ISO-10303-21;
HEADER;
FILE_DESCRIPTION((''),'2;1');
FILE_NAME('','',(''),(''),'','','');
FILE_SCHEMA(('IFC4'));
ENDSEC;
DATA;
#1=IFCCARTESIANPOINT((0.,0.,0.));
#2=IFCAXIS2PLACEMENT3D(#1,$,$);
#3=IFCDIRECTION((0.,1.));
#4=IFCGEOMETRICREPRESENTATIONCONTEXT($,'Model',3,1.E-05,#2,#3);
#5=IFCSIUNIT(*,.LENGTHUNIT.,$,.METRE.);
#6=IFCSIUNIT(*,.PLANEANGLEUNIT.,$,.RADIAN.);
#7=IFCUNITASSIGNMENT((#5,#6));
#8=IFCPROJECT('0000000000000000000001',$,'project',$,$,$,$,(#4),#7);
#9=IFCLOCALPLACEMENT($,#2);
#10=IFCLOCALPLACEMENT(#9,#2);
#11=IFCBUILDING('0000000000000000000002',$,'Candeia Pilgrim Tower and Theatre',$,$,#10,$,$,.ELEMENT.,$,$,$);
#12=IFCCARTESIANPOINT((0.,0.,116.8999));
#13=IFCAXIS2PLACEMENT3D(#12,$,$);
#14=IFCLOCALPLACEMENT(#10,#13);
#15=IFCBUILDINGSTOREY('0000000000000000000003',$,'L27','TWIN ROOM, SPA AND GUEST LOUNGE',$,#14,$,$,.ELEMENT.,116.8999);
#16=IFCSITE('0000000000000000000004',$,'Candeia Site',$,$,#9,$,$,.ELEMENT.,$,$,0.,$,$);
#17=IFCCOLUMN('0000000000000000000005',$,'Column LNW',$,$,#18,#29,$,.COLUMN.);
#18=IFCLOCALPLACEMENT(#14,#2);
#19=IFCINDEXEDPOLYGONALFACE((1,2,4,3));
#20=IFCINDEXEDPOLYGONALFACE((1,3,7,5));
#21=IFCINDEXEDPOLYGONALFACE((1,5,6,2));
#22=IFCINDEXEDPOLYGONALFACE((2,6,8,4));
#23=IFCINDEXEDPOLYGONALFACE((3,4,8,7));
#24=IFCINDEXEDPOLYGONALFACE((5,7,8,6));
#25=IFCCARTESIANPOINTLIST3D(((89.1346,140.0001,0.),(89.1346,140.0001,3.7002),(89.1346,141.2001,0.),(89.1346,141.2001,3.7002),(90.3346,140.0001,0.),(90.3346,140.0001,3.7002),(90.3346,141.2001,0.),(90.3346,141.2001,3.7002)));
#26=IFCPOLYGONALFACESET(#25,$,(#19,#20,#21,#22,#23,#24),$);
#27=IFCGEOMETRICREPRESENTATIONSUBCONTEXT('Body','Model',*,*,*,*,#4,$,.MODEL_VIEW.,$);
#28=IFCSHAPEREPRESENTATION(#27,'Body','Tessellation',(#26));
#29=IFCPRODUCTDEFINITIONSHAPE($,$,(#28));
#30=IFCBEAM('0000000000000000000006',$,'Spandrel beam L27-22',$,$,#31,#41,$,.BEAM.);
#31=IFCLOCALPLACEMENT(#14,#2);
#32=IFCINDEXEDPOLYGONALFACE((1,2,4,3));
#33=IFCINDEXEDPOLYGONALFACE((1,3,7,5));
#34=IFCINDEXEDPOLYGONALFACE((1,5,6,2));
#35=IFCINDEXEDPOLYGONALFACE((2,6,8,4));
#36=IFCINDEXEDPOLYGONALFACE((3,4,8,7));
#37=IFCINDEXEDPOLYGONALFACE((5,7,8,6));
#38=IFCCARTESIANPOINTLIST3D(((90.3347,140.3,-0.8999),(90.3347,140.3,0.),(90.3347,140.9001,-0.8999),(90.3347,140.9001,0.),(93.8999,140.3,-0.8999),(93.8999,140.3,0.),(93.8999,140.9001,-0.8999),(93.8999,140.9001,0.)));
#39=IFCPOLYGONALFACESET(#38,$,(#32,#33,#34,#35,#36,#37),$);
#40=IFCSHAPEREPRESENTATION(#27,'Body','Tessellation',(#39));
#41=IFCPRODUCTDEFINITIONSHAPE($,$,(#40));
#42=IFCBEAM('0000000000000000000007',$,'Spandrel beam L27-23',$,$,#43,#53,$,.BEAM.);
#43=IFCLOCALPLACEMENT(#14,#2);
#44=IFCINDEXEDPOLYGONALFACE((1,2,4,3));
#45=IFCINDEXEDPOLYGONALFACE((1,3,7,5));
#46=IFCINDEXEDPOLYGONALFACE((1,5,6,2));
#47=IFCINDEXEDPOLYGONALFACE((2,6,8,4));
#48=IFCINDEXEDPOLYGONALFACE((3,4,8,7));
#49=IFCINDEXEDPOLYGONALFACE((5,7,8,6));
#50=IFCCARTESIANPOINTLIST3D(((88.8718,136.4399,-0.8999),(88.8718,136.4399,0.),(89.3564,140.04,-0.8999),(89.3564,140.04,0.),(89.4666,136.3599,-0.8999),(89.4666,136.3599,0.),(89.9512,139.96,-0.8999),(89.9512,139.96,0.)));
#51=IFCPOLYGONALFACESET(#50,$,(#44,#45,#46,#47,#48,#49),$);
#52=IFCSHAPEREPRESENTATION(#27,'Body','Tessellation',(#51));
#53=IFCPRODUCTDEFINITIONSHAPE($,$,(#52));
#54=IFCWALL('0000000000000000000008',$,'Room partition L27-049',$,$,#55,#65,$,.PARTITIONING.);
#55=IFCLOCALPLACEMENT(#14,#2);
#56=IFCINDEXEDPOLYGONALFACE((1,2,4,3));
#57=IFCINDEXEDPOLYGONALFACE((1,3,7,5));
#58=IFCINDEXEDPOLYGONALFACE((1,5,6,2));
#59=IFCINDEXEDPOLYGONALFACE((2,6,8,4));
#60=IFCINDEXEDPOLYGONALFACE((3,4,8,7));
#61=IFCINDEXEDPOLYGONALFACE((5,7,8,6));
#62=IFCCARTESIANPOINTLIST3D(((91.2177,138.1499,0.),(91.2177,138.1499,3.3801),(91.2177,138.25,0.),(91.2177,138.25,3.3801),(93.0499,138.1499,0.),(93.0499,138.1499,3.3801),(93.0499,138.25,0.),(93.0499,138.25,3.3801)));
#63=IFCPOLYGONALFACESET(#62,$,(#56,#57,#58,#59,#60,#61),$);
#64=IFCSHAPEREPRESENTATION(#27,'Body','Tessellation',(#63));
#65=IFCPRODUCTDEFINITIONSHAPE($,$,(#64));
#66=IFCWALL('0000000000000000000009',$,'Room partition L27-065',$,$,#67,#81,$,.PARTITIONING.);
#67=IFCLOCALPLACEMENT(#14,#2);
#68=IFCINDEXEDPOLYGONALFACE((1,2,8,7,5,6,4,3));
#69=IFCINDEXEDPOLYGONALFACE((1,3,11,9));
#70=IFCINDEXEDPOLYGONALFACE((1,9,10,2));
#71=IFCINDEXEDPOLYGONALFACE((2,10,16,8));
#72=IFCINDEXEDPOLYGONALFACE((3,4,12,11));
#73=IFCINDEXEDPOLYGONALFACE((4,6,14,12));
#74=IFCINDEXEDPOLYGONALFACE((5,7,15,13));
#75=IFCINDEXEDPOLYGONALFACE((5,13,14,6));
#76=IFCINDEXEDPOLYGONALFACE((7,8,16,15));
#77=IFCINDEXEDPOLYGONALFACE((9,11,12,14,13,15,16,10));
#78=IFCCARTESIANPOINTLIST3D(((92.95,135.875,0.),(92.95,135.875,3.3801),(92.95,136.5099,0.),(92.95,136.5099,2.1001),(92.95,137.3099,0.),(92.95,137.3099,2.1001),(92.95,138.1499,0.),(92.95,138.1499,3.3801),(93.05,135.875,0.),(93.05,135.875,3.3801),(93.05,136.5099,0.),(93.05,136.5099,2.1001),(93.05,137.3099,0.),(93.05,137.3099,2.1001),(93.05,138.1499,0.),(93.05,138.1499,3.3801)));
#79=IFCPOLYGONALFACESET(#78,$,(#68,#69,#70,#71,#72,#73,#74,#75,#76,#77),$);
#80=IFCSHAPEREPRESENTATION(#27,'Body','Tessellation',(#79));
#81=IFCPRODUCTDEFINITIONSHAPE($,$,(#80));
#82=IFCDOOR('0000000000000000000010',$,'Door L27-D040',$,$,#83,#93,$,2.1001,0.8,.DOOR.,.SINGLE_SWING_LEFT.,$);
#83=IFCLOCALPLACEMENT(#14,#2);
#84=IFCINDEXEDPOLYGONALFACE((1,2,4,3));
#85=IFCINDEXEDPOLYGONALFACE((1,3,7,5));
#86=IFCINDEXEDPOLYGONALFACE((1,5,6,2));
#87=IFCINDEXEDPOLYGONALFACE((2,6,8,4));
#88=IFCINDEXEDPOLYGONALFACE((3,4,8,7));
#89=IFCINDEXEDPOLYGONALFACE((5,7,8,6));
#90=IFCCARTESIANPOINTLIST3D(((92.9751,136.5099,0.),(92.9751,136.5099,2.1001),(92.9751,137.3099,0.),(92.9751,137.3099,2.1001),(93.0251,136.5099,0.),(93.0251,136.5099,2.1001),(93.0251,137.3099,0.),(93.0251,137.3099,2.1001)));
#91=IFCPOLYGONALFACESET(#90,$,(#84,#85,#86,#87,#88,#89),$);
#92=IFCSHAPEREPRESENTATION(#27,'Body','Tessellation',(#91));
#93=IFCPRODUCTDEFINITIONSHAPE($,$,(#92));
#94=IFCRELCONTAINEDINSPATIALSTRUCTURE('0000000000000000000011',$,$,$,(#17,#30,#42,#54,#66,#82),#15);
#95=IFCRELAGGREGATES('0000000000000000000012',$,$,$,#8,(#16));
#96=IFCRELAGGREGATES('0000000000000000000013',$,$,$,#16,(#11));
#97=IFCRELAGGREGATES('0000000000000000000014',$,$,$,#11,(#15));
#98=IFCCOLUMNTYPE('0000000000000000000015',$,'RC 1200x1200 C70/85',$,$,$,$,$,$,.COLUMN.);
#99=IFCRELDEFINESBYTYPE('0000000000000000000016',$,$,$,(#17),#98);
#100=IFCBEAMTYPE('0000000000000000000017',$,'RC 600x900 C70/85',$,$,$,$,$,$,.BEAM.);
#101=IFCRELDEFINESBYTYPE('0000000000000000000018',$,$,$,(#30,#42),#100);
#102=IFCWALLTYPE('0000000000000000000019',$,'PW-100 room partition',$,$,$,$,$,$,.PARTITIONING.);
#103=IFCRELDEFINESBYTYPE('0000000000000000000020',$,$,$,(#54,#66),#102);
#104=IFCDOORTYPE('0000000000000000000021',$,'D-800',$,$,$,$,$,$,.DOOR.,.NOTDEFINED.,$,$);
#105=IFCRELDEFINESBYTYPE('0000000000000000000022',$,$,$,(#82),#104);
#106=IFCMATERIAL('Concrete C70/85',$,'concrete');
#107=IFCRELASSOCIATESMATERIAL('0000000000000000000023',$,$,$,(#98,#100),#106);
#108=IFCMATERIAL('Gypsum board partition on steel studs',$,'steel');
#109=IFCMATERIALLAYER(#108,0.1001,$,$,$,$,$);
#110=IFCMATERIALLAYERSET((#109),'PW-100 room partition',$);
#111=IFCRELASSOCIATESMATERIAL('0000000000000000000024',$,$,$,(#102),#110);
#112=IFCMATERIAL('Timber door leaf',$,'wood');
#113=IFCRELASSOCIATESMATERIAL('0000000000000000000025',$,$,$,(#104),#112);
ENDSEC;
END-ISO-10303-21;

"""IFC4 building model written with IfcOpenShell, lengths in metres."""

from ifc_helpers import new_model, si_unit, direction, frame, frame_2d, origin, origin_2d, place, context, subcontext, project, spatial, rectangle, extrude, material, layer, layer_set, material_profile, profile_set, type_object, element, fill, save


model = new_model("IFC4")

# Units and contexts
model_context = context("Model", 3, precision=1e-05, world=origin(), true_north=direction((0.0, 1.0)))
body_context = subcontext(model_context, "Body", "Model", "MODEL_VIEW")
ifc_project = project(units=[si_unit("LENGTHUNIT", "METRE"), si_unit("PLANEANGLEUNIT", "RADIAN")], contexts=[model_context])

# Site, building, storey
site_placement = place(None, origin())
site = spatial("IfcSite", under=ifc_project, at=site_placement, Name="Candeia Site", CompositionType="ELEMENT", RefElevation=0.0)
building_placement = place(site_placement, origin())
building = spatial("IfcBuilding", under=site, at=building_placement, Name="Candeia Pilgrim Tower and Theatre", CompositionType="ELEMENT")
storey_placement = place(building_placement, frame((0.0, 0.0, 116.8999)))
storey = spatial("IfcBuildingStorey", under=building, at=storey_placement, Name="L27", Description="TWIN ROOM, SPA AND GUEST LOUNGE", CompositionType="ELEMENT", Elevation=116.8999)

# Column
ifc_material_1 = material(Name="Concrete C70/85", Category="concrete")
ifc_material_profile_1 = material_profile(ifc_material_1, rectangle(XDim=1.2, YDim=1.2, at=origin_2d()))
ifc_profile_set_1 = profile_set([ifc_material_profile_1], Name="Concrete C70/85")
column_type = type_object("IfcColumnType", Name="RC 1200x1200 C70/85", PredefinedType="COLUMN", material=ifc_profile_set_1)
column_placement = place(storey_placement, frame((89.7346, 140.6001, 0.0), z_axis=(0.0, 0.0, 1.0), x_axis=(1.0, 0.0, 0.0)))
element("IfcColumn", 1, at=column_placement, inside=storey, type_object=column_type, Name="Column LNW", PredefinedType="COLUMN", context=body_context, shape_type="SweptSolid", body=[
    extrude(rectangle(XDim=1.2, YDim=1.2, at=origin_2d()), origin(), (0.0, 0.0, 1.0), 3.7002),
])

# Beams
ifc_material_profile_2 = material_profile(ifc_material_1, rectangle(XDim=0.6001, YDim=0.8999, at=origin_2d()))
ifc_profile_set_2 = profile_set([ifc_material_profile_2], Name="Concrete C70/85")
beam_type = type_object("IfcBeamType", Name="RC 600x900 C70/85", PredefinedType="BEAM", material=ifc_profile_set_2)
beam_1_placement = place(storey_placement, frame((93.8999, 140.6001, -0.45), z_axis=(-1.0, 0.0, 0.0), x_axis=(0.0, -1.0, 0.0)))
element("IfcBeam", 2, at=beam_1_placement, inside=storey, type_object=beam_type, Name="Spandrel beam L27-22", PredefinedType="BEAM", context=body_context, shape_type="SweptSolid", body=[
    extrude(rectangle(XDim=0.6001, YDim=0.8999, at=origin_2d()), origin(), (0.0, 0.0, 1.0), 3.5652),
])
beam_2_placement = place(storey_placement, frame((89.6538, 140.0, -0.45), z_axis=(-0.133409, -0.991061, 0.0), x_axis=(0.991061, -0.133409, 0.0)))
element("IfcBeam", 3, at=beam_2_placement, inside=storey, type_object=beam_type, Name="Spandrel beam L27-23", PredefinedType="BEAM", context=body_context, shape_type="SweptSolid", body=[
    extrude(rectangle(XDim=0.6001, YDim=0.8999, at=origin_2d()), origin(), (0.0, 0.0, 1.0), 3.6326),
])

# Wall
ifc_material_2 = material(Name="Gypsum board partition on steel studs", Category="steel")
ifc_layer_1 = layer(ifc_material_2, 0.1001)
ifc_layer_set_1 = layer_set([ifc_layer_1], Name="PW-100 room partition")
wall_type_1 = type_object("IfcWallType", Name="PW-100 room partition", PredefinedType="PARTITIONING", material=ifc_layer_set_1)
wall_1_placement = place(storey_placement, frame((91.2178, 138.2, 0.0), z_axis=(0.0, 0.0, 1.0), x_axis=(1.0, 0.0, 0.0)))
element("IfcWall", 4, at=wall_1_placement, inside=storey, type_object=wall_type_1, Name="Room partition L27-049", PredefinedType="PARTITIONING", context=body_context, shape_type="SweptSolid", body=[
    extrude(rectangle(XDim=1.8323, YDim=0.1001, at=frame_2d((0.916, 0.0))), origin(), (0.0, 0.0, 1.0), 3.3801),
])

# Wall, opening, door
wall_2_placement = place(storey_placement, frame((93.0, 135.875, 0.0), z_axis=(0.0, 0.0, 1.0), x_axis=(0.0, 1.0, 0.0)))
wall_2 = element("IfcWall", 5, at=wall_2_placement, inside=storey, type_object=wall_type_1, Name="Room partition L27-065", PredefinedType="PARTITIONING", context=body_context, shape_type="SweptSolid", body=[
    extrude(rectangle(XDim=2.2749, YDim=0.1001, at=frame_2d((1.1375, 0.0))), origin(), (0.0, 0.0, 1.0), 3.3801),
])
opening_1_placement = place(wall_2_placement, frame((0.635, 0.0, 0.0)))
opening_1 = element("IfcOpeningElement", 6, at=opening_1_placement, cuts=wall_2, PredefinedType="OPENING", context=body_context, shape_type="SweptSolid", body=[
    extrude(rectangle(XDim=0.8, YDim=2.1001, at=frame_2d((0.3999, 1.05))), frame((0.0, 0.0601, 0.0), z_axis=(0.0, -1.0, 0.0), x_axis=(1.0, 0.0, 0.0)), (0.0, 0.0, 1.0), 0.1201),
])
ifc_material_3 = material(Name="Timber door leaf", Category="wood")
door_type_1 = type_object("IfcDoorType", Name="D-800", OperationType="NOTDEFINED", PredefinedType="DOOR", material=ifc_material_3)
door_1_placement = place(opening_1_placement, origin())
door_1 = element("IfcDoor", 7, at=door_1_placement, inside=storey, type_object=door_type_1, Name="Door L27-D040", OperationType="SINGLE_SWING_LEFT", OverallHeight=2.1001, OverallWidth=0.8, PredefinedType="DOOR", context=body_context, shape_type="SweptSolid", body=[
    extrude(rectangle(XDim=0.8, YDim=2.1001, at=frame_2d((0.3999, 1.05))), frame((0.0, 0.0249, 0.0), z_axis=(0.0, -1.0, 0.0), x_axis=(1.0, 0.0, 0.0)), (0.0, 0.0, 1.0), 0.05),
])
fill(opening_1, door_1)

save(model, "model.ifc")
